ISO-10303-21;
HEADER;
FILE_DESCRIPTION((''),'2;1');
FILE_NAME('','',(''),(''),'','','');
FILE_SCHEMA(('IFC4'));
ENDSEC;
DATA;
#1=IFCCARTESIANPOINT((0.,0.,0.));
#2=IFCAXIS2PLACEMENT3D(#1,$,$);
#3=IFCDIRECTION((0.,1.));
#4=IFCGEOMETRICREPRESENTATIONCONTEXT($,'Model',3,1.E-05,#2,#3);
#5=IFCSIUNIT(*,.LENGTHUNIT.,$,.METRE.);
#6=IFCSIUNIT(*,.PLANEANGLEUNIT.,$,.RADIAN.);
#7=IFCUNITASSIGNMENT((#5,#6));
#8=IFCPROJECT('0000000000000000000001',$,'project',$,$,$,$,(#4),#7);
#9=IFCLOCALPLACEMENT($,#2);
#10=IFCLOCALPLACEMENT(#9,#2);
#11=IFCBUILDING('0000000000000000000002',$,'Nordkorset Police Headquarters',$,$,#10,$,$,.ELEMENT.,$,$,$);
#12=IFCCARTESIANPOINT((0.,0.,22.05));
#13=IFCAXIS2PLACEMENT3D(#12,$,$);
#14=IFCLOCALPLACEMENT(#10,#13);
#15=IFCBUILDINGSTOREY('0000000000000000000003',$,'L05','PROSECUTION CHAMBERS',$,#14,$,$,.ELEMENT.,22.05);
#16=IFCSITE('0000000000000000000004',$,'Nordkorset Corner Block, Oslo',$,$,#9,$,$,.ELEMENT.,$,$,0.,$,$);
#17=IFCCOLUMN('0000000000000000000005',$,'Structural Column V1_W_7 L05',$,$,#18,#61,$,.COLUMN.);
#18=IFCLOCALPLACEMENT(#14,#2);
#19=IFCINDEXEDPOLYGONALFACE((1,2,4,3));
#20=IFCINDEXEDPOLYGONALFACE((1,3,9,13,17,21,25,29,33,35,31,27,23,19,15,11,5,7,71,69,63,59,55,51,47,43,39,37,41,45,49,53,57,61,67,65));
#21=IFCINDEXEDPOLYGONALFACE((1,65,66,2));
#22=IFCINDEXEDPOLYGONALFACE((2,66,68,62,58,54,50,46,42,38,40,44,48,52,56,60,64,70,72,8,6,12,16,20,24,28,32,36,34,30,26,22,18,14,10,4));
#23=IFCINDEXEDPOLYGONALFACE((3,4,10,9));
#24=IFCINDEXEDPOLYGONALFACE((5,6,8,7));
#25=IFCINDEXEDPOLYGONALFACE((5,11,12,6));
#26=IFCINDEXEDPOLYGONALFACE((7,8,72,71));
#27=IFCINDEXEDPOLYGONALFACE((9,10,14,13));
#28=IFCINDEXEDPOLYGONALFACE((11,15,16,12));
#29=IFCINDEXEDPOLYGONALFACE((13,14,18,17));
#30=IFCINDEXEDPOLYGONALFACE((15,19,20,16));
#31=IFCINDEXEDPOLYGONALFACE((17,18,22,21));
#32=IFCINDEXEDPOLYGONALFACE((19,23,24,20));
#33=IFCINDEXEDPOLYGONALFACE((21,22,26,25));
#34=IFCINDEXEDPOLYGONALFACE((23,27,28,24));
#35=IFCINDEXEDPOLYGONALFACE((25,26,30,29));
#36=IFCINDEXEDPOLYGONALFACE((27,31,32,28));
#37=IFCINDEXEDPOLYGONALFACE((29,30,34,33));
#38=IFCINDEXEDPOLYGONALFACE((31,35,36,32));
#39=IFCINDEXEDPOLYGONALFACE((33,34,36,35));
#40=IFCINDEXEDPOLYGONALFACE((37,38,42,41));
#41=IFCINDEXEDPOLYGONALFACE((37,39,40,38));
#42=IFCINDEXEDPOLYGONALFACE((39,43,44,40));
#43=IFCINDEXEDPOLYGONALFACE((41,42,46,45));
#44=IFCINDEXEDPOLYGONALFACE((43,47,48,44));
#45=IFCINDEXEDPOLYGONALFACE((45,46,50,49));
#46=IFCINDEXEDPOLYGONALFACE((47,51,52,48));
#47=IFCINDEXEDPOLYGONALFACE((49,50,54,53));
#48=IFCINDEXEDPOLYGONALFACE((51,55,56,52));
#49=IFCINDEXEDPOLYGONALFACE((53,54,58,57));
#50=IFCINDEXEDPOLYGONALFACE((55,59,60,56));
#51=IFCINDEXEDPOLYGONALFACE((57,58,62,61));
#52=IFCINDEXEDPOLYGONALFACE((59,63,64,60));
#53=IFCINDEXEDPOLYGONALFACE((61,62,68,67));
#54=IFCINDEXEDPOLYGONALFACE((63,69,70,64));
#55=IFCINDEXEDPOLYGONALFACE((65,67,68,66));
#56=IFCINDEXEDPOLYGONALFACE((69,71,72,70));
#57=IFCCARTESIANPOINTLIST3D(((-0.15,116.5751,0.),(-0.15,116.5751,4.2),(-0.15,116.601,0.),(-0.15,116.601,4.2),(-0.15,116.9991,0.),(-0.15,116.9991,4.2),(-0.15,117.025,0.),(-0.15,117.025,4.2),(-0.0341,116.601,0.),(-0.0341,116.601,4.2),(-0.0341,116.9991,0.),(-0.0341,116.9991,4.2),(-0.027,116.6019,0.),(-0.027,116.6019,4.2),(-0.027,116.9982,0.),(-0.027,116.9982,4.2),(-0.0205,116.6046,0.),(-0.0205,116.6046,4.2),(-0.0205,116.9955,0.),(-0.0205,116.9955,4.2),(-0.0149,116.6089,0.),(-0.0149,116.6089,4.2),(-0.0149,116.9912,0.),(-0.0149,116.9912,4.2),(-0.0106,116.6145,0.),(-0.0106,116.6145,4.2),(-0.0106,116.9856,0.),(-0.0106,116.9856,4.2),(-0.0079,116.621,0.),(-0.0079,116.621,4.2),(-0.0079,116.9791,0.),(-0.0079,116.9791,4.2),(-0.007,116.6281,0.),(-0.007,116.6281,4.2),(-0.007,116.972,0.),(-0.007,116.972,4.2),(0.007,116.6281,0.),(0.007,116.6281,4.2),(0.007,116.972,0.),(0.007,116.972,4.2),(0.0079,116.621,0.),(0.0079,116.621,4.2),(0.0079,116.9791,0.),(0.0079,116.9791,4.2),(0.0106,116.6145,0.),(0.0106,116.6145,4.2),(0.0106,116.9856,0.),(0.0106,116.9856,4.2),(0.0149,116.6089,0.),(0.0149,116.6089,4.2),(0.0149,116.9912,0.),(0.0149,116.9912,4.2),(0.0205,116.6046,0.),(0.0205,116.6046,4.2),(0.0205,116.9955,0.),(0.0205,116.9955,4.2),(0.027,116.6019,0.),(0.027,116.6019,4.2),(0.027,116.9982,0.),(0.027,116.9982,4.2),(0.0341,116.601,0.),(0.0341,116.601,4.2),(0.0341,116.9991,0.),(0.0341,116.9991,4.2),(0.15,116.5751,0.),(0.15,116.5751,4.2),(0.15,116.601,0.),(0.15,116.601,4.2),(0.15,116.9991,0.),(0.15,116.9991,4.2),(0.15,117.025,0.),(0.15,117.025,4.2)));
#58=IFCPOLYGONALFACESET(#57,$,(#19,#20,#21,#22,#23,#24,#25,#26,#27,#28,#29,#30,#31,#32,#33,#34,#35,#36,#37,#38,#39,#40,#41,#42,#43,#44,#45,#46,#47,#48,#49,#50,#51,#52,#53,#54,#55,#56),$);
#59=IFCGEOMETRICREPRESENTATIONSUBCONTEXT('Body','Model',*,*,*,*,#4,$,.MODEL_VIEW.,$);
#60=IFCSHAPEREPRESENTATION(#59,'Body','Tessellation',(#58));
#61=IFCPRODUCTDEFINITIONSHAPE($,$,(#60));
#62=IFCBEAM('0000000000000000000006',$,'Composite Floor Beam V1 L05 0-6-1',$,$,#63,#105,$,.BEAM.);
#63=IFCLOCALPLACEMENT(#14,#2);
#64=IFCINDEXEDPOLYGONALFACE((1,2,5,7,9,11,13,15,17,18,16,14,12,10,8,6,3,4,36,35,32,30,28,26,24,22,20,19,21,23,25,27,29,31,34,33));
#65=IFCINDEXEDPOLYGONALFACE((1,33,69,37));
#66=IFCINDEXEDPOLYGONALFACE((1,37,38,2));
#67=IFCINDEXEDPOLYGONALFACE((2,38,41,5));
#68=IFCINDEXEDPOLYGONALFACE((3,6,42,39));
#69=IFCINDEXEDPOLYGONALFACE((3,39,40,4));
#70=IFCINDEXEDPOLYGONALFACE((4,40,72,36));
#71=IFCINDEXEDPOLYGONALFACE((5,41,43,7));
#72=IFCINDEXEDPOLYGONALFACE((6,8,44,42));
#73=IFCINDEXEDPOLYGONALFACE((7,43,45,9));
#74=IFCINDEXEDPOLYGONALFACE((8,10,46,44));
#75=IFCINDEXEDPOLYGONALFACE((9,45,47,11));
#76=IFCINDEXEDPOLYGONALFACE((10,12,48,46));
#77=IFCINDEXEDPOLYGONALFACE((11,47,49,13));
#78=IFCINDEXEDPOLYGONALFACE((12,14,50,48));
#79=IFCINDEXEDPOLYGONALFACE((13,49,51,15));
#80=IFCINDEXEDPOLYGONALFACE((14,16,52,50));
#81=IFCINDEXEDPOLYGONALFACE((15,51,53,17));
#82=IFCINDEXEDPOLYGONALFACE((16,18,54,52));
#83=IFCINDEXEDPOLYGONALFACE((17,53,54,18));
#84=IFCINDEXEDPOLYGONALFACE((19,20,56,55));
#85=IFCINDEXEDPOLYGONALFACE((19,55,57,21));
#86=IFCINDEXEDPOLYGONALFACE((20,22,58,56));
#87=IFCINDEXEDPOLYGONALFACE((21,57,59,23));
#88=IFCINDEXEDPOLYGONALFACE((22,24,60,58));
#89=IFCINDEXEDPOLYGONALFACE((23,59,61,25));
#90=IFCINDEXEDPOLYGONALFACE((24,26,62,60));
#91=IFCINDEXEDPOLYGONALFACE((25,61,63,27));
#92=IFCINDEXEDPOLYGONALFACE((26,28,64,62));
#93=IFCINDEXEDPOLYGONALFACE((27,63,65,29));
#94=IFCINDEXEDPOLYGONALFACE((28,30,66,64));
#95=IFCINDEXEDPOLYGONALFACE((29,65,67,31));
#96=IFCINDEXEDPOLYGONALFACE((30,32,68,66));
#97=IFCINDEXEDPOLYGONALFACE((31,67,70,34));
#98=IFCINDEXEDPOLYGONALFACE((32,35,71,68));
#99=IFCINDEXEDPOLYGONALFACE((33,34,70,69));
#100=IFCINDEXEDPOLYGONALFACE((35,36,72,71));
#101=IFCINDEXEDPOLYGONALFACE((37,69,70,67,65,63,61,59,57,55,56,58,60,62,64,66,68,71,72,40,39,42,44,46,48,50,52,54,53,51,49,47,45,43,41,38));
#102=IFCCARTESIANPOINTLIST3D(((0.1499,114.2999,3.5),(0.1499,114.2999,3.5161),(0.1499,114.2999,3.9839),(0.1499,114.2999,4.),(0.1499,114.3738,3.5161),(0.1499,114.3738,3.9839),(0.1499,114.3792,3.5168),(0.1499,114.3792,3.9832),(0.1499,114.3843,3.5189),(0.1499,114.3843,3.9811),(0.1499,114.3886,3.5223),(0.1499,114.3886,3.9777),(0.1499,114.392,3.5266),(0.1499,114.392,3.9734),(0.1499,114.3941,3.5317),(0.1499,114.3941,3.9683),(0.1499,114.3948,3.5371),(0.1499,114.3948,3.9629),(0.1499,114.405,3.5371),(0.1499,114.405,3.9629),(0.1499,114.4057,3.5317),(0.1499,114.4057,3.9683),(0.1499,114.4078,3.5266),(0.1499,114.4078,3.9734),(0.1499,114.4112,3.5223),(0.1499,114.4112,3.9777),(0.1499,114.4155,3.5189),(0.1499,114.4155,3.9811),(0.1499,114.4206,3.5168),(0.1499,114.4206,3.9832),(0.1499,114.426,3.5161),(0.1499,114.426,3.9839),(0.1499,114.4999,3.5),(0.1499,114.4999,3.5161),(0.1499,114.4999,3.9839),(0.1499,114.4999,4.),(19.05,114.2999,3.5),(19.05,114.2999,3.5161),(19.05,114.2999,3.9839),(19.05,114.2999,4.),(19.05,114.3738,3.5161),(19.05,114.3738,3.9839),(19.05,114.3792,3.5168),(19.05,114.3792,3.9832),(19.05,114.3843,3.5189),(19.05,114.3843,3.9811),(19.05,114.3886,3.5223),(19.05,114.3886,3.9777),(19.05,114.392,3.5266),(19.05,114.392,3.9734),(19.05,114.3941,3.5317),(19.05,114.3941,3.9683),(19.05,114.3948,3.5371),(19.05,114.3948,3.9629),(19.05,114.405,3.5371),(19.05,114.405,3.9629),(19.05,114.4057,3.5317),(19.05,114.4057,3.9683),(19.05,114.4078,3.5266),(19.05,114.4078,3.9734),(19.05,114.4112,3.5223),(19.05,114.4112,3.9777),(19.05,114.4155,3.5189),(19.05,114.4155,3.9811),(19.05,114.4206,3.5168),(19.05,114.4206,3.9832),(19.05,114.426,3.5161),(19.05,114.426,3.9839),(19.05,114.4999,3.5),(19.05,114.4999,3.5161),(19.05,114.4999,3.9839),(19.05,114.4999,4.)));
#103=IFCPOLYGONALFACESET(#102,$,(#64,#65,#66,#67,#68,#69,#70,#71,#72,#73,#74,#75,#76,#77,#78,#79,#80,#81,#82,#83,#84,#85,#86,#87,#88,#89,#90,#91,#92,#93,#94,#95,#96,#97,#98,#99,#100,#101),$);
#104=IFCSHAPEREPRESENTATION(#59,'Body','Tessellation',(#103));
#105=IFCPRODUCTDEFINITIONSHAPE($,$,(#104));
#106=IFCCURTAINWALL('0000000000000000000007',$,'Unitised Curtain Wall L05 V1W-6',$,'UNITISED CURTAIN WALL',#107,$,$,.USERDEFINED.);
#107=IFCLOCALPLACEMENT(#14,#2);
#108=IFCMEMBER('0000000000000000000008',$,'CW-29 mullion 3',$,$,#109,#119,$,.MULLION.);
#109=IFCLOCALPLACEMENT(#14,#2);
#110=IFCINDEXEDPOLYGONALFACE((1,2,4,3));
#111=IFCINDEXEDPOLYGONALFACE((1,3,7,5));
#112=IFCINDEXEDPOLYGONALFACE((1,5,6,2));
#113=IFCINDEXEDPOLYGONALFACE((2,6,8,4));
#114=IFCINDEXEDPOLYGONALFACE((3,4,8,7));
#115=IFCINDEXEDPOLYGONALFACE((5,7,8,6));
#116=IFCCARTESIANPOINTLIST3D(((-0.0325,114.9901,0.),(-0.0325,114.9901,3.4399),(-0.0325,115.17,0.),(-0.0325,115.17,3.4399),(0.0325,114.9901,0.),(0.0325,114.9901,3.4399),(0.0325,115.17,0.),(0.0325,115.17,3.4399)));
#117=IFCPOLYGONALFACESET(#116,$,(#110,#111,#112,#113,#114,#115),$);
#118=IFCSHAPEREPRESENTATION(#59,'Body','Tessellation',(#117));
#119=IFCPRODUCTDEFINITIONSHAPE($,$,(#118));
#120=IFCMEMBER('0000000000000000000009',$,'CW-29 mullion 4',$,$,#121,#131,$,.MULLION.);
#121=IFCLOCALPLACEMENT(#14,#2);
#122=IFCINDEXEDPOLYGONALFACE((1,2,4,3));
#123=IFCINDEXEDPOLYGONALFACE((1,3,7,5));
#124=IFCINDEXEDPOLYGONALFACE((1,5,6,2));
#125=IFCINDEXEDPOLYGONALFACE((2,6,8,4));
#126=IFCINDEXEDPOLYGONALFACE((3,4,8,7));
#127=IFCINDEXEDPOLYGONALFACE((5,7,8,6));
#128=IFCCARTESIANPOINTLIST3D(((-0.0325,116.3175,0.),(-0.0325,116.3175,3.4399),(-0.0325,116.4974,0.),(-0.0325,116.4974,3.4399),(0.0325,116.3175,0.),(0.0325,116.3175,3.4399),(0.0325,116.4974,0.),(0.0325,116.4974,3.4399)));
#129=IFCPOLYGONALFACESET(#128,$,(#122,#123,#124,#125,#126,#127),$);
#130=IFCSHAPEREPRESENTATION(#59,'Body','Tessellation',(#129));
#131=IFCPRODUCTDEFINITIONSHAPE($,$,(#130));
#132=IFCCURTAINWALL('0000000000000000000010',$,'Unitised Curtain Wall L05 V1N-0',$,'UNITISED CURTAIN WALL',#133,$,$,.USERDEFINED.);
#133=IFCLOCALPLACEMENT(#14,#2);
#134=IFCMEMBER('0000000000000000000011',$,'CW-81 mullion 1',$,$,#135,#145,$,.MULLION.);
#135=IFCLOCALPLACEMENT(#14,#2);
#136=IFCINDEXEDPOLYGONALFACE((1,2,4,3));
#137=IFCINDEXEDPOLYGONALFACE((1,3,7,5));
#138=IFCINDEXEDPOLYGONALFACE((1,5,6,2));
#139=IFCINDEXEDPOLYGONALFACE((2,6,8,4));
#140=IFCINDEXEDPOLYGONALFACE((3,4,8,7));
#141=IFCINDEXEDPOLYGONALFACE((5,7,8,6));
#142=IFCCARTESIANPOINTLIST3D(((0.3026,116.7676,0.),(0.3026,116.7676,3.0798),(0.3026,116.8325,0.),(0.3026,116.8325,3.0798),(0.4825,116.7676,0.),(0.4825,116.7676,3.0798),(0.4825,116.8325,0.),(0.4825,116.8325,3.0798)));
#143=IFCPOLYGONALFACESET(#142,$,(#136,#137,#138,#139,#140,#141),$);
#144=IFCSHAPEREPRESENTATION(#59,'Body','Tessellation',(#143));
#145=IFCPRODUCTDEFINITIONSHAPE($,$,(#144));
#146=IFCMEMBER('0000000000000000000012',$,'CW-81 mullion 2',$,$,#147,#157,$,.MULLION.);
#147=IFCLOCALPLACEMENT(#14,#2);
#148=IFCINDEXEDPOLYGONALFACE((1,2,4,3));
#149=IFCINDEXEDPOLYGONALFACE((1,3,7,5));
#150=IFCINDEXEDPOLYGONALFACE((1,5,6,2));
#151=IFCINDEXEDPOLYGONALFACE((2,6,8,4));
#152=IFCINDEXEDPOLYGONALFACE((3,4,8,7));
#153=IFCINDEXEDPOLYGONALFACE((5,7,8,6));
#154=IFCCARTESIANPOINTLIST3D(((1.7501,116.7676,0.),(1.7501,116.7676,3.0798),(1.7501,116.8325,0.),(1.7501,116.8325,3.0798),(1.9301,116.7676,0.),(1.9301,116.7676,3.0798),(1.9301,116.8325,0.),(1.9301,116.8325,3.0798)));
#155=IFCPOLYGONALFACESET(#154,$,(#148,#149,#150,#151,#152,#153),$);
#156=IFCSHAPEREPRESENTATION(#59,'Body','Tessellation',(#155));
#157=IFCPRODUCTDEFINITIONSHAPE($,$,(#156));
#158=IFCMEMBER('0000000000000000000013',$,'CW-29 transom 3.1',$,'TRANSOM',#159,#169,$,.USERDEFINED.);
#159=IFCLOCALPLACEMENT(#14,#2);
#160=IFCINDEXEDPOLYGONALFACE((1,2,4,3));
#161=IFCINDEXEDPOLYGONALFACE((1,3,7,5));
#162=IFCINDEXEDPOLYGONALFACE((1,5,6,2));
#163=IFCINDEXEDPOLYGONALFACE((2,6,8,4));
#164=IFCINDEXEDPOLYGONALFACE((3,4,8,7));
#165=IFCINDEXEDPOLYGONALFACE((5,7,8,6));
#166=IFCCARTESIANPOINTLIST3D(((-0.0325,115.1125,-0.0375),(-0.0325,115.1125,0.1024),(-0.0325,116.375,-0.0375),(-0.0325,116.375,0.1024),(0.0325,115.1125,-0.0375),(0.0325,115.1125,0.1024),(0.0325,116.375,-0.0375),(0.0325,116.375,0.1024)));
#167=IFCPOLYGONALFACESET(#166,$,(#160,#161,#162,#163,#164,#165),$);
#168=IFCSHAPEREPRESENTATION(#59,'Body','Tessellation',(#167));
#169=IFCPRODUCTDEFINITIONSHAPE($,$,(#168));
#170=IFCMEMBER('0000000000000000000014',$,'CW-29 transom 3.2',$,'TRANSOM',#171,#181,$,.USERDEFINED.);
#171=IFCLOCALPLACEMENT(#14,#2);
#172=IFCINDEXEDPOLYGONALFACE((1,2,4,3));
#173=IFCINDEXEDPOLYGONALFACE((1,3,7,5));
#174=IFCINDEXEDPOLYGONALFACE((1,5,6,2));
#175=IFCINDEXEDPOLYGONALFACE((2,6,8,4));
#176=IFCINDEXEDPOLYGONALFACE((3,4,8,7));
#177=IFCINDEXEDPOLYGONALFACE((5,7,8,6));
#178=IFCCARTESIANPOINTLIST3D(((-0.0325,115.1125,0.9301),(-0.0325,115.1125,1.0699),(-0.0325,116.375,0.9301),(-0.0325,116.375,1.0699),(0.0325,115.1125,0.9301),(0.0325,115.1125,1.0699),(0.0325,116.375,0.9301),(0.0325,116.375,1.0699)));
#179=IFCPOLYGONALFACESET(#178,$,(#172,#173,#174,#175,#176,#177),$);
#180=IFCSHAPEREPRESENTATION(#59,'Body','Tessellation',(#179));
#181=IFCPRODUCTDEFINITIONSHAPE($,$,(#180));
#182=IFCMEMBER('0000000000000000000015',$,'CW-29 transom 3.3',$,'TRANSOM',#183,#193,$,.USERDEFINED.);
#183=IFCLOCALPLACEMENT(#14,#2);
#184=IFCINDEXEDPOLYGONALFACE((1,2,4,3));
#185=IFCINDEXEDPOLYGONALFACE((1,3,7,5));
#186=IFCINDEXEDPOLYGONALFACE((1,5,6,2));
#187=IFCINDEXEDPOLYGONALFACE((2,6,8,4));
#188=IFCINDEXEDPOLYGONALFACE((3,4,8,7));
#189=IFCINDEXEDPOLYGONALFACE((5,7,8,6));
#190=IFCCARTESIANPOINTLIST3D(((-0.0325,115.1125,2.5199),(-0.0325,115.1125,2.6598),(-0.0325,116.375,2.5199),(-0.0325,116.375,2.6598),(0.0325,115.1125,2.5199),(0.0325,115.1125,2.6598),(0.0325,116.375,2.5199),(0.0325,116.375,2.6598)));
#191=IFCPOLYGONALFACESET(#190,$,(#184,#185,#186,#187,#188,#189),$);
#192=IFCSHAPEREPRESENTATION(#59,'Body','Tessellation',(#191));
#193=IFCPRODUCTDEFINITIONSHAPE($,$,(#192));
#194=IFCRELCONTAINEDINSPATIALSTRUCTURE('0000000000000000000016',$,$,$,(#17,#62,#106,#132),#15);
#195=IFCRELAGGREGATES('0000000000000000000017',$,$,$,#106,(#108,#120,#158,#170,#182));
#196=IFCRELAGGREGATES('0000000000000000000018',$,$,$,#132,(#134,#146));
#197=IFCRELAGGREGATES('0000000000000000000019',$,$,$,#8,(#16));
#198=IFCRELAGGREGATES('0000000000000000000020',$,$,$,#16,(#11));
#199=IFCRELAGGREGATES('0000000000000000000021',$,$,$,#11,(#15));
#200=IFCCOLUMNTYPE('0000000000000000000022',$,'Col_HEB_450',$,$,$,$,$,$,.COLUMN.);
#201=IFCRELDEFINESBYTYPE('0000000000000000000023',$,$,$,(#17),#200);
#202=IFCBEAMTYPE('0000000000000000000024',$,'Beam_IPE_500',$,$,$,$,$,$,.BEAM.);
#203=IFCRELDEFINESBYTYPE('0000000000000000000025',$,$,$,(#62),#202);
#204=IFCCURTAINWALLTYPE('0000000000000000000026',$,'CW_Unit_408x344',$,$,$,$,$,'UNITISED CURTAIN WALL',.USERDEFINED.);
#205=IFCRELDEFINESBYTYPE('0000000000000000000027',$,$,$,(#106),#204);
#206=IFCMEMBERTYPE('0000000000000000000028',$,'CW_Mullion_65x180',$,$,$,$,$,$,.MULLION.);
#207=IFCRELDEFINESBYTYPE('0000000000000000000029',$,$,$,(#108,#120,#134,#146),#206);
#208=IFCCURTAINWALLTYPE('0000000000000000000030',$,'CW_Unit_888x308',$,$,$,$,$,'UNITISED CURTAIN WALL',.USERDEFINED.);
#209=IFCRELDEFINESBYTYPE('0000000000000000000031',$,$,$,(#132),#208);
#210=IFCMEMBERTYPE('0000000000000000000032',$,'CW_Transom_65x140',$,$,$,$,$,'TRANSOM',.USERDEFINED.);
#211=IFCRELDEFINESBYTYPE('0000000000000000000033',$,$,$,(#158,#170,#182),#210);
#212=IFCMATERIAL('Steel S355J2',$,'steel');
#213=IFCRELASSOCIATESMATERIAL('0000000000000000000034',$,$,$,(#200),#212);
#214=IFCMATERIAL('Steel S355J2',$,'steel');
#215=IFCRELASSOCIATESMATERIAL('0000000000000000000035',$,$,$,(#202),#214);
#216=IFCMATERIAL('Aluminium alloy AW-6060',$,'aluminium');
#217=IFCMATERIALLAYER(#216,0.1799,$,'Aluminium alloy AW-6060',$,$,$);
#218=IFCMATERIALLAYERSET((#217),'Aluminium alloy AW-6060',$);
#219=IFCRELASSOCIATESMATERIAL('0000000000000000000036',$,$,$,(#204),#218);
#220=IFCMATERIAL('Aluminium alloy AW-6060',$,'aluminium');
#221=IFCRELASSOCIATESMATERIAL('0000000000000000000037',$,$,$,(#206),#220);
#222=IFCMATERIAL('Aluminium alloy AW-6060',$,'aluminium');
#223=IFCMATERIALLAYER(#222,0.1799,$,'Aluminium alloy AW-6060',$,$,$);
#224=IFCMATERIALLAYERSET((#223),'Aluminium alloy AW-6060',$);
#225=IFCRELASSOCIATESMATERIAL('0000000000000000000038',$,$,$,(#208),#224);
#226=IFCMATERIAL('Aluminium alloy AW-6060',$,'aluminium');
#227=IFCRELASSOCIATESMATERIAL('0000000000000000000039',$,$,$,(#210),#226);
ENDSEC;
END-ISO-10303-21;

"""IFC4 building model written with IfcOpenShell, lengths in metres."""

from ifc_helpers import new_model, si_unit, direction, frame, origin, origin_2d, place, context, subcontext, project, spatial, rectangle, i_section, extrude, material, layer, layer_set, material_profile, profile_set, type_object, element, aggregate, save


model = new_model("IFC4")

# Units and contexts
model_context = context("Model", 3, precision=1e-05, world=origin(), true_north=direction((0.0, 1.0)))
body_context = subcontext(model_context, "Body", "Model", "MODEL_VIEW")
ifc_project = project(units=[si_unit("LENGTHUNIT", "METRE"), si_unit("PLANEANGLEUNIT", "RADIAN")], contexts=[model_context])

# Site, building, storey
site_placement = place(None, origin())
site = spatial("IfcSite", under=ifc_project, at=site_placement, Name="Nordkorset Corner Block, Oslo", CompositionType="ELEMENT", RefElevation=0.0)
building_placement = place(site_placement, origin())
building = spatial("IfcBuilding", under=site, at=building_placement, Name="Nordkorset Police Headquarters", CompositionType="ELEMENT")
storey_placement = place(building_placement, frame((0.0, 0.0, 22.05)))
storey = spatial("IfcBuildingStorey", under=building, at=storey_placement, Name="L05", Description="PROSECUTION CHAMBERS", CompositionType="ELEMENT", Elevation=22.05)

# Column
ifc_material_1 = material(Name="Steel S355J2", Category="steel")
ifc_material_profile_1 = material_profile(ifc_material_1, i_section(OverallWidth=0.3, OverallDepth=0.45, WebThickness=0.0139, FlangeThickness=0.0259, FilletRadius=0.0271, at=origin_2d()), Name="HEB 450")
ifc_profile_set_1 = profile_set([ifc_material_profile_1], Name="Steel S355J2")
column_type = type_object("IfcColumnType", Name="Col_HEB_450", PredefinedType="COLUMN", material=ifc_profile_set_1)
column_placement = place(storey_placement, frame((0.0, 116.8, 0.0), z_axis=(0.0, 0.0, 1.0), x_axis=(1.0, 0.0, 0.0)))
element("IfcColumn", 1, at=column_placement, inside=storey, type_object=column_type, Name="Structural Column V1_W_7 L05", PredefinedType="COLUMN", context=body_context, shape_type="SweptSolid", body=[
    extrude(i_section(OverallWidth=0.3, OverallDepth=0.45, WebThickness=0.0139, FlangeThickness=0.0259, FilletRadius=0.0271, at=origin_2d()), origin(), (0.0, 0.0, 1.0), 4.2),
])

# Beam
ifc_material_2 = material(Name="Steel S355J2", Category="steel")
ifc_material_profile_2 = material_profile(ifc_material_2, i_section(OverallWidth=0.2, OverallDepth=0.5, WebThickness=0.0103, FlangeThickness=0.0161, FilletRadius=0.021, at=origin_2d()), Name="IPE 500")
ifc_profile_set_2 = profile_set([ifc_material_profile_2], Name="Steel S355J2")
beam_type_1 = type_object("IfcBeamType", Name="Beam_IPE_500", PredefinedType="BEAM", material=ifc_profile_set_2)
beam_1_placement = place(storey_placement, frame((0.1499, 114.3999, 3.75), z_axis=(1.0, 0.0, 0.0), x_axis=(0.0, 1.0, 0.0)))
element("IfcBeam", 2, at=beam_1_placement, inside=storey, type_object=beam_type_1, Name="Composite Floor Beam V1 L05 0-6-1", PredefinedType="BEAM", context=body_context, shape_type="SweptSolid", body=[
    extrude(i_section(OverallWidth=0.2, OverallDepth=0.5, WebThickness=0.0103, FlangeThickness=0.0161, FilletRadius=0.021, at=origin_2d()), origin(), (0.0, 0.0, 1.0), 18.9001),
])

# Curtain walls, members
ifc_material_3 = material(Name="Aluminium alloy AW-6060", Category="aluminium")
ifc_layer_1 = layer(ifc_material_3, 0.1799, Name="Aluminium alloy AW-6060")
ifc_layer_set_1 = layer_set([ifc_layer_1], Name="Aluminium alloy AW-6060")
curtain_wall_type_1 = type_object("IfcCurtainWallType", Name="CW_Unit_408x344", ElementType="UNITISED CURTAIN WALL", PredefinedType="USERDEFINED", material=ifc_layer_set_1)
curtain_wall_1_placement = place(storey_placement, origin())
curtain_wall_1 = element("IfcCurtainWall", 3, at=curtain_wall_1_placement, inside=storey, type_object=curtain_wall_type_1, Name="Unitised Curtain Wall L05 V1W-6", ObjectType="UNITISED CURTAIN WALL", PredefinedType="USERDEFINED")
ifc_material_4 = material(Name="Aluminium alloy AW-6060", Category="aluminium")
ifc_material_profile_3 = material_profile(ifc_material_4, rectangle(XDim=0.0649, YDim=0.1799, at=origin_2d()), Name="ALU MULL 65x180")
ifc_profile_set_3 = profile_set([ifc_material_profile_3], Name="Aluminium alloy AW-6060")
member_type_1 = type_object("IfcMemberType", Name="CW_Mullion_65x180", PredefinedType="MULLION", material=ifc_profile_set_3)
member_1_placement = place(storey_placement, frame((0.0, 115.0801, 0.0), z_axis=(0.0, 0.0, 1.0), x_axis=(-1.0, 0.0, 0.0)))
member_1 = element("IfcMember", 4, at=member_1_placement, type_object=member_type_1, Name="CW-29 mullion 3", PredefinedType="MULLION", context=body_context, shape_type="SweptSolid", body=[
    extrude(rectangle(XDim=0.0649, YDim=0.1799, at=origin_2d()), origin(), (0.0, 0.0, 1.0), 3.4399),
])
member_2_placement = place(storey_placement, frame((0.0, 116.4075, 0.0), z_axis=(0.0, 0.0, 1.0), x_axis=(-1.0, 0.0, 0.0)))
member_2 = element("IfcMember", 5, at=member_2_placement, type_object=member_type_1, Name="CW-29 mullion 4", PredefinedType="MULLION", context=body_context, shape_type="SweptSolid", body=[
    extrude(rectangle(XDim=0.0649, YDim=0.1799, at=origin_2d()), origin(), (0.0, 0.0, 1.0), 3.4399),
])
ifc_material_5 = material(Name="Aluminium alloy AW-6060", Category="aluminium")
ifc_layer_2 = layer(ifc_material_5, 0.1799, Name="Aluminium alloy AW-6060")
ifc_layer_set_2 = layer_set([ifc_layer_2], Name="Aluminium alloy AW-6060")
curtain_wall_type_2 = type_object("IfcCurtainWallType", Name="CW_Unit_888x308", ElementType="UNITISED CURTAIN WALL", PredefinedType="USERDEFINED", material=ifc_layer_set_2)
curtain_wall_2_placement = place(storey_placement, origin())
curtain_wall_2 = element("IfcCurtainWall", 6, at=curtain_wall_2_placement, inside=storey, type_object=curtain_wall_type_2, Name="Unitised Curtain Wall L05 V1N-0", ObjectType="UNITISED CURTAIN WALL", PredefinedType="USERDEFINED")
member_3_placement = place(storey_placement, frame((0.3926, 116.8, 0.0), z_axis=(0.0, 0.0, 1.0), x_axis=(0.0, 1.0, 0.0)))
member_3 = element("IfcMember", 7, at=member_3_placement, type_object=member_type_1, Name="CW-81 mullion 1", PredefinedType="MULLION", context=body_context, shape_type="SweptSolid", body=[
    extrude(rectangle(XDim=0.0649, YDim=0.1799, at=origin_2d()), origin(), (0.0, 0.0, 1.0), 3.0798),
])
member_4_placement = place(storey_placement, frame((1.8401, 116.8, 0.0), z_axis=(0.0, 0.0, 1.0), x_axis=(0.0, 1.0, 0.0)))
member_4 = element("IfcMember", 8, at=member_4_placement, type_object=member_type_1, Name="CW-81 mullion 2", PredefinedType="MULLION", context=body_context, shape_type="SweptSolid", body=[
    extrude(rectangle(XDim=0.0649, YDim=0.1799, at=origin_2d()), origin(), (0.0, 0.0, 1.0), 3.0798),
])

# Members
ifc_material_6 = material(Name="Aluminium alloy AW-6060", Category="aluminium")
ifc_material_profile_4 = material_profile(ifc_material_6, rectangle(XDim=0.0649, YDim=0.1399, at=origin_2d()), Name="ALU TRAN 65x140")
ifc_profile_set_4 = profile_set([ifc_material_profile_4], Name="Aluminium alloy AW-6060")
member_type_2 = type_object("IfcMemberType", Name="CW_Transom_65x140", ElementType="TRANSOM", PredefinedType="USERDEFINED", material=ifc_profile_set_4)
member_5_placement = place(storey_placement, frame((0.0, 115.1125, 0.0325), z_axis=(0.0, 1.0, 0.0), x_axis=(-1.0, 0.0, 0.0)))
member_5 = element("IfcMember", 9, at=member_5_placement, type_object=member_type_2, Name="CW-29 transom 3.1", ObjectType="TRANSOM", PredefinedType="USERDEFINED", context=body_context, shape_type="SweptSolid", body=[
    extrude(rectangle(XDim=0.0649, YDim=0.1399, at=origin_2d()), origin(), (0.0, 0.0, 1.0), 1.2625),
])
member_6_placement = place(storey_placement, frame((0.0, 115.1125, 1.0), z_axis=(0.0, 1.0, 0.0), x_axis=(-1.0, 0.0, 0.0)))
member_6 = element("IfcMember", 10, at=member_6_placement, type_object=member_type_2, Name="CW-29 transom 3.2", ObjectType="TRANSOM", PredefinedType="USERDEFINED", context=body_context, shape_type="SweptSolid", body=[
    extrude(rectangle(XDim=0.0649, YDim=0.1399, at=origin_2d()), origin(), (0.0, 0.0, 1.0), 1.2625),
])
member_7_placement = place(storey_placement, frame((0.0, 115.1125, 2.5898), z_axis=(0.0, 1.0, 0.0), x_axis=(-1.0, 0.0, 0.0)))
member_7 = element("IfcMember", 11, at=member_7_placement, type_object=member_type_2, Name="CW-29 transom 3.3", ObjectType="TRANSOM", PredefinedType="USERDEFINED", context=body_context, shape_type="SweptSolid", body=[
    extrude(rectangle(XDim=0.0649, YDim=0.1399, at=origin_2d()), origin(), (0.0, 0.0, 1.0), 1.2625),
])

aggregate(curtain_wall_1, [member_1, member_2, member_5, member_6, member_7])
aggregate(curtain_wall_2, [member_3, member_4])

save(model, "model.ifc")
